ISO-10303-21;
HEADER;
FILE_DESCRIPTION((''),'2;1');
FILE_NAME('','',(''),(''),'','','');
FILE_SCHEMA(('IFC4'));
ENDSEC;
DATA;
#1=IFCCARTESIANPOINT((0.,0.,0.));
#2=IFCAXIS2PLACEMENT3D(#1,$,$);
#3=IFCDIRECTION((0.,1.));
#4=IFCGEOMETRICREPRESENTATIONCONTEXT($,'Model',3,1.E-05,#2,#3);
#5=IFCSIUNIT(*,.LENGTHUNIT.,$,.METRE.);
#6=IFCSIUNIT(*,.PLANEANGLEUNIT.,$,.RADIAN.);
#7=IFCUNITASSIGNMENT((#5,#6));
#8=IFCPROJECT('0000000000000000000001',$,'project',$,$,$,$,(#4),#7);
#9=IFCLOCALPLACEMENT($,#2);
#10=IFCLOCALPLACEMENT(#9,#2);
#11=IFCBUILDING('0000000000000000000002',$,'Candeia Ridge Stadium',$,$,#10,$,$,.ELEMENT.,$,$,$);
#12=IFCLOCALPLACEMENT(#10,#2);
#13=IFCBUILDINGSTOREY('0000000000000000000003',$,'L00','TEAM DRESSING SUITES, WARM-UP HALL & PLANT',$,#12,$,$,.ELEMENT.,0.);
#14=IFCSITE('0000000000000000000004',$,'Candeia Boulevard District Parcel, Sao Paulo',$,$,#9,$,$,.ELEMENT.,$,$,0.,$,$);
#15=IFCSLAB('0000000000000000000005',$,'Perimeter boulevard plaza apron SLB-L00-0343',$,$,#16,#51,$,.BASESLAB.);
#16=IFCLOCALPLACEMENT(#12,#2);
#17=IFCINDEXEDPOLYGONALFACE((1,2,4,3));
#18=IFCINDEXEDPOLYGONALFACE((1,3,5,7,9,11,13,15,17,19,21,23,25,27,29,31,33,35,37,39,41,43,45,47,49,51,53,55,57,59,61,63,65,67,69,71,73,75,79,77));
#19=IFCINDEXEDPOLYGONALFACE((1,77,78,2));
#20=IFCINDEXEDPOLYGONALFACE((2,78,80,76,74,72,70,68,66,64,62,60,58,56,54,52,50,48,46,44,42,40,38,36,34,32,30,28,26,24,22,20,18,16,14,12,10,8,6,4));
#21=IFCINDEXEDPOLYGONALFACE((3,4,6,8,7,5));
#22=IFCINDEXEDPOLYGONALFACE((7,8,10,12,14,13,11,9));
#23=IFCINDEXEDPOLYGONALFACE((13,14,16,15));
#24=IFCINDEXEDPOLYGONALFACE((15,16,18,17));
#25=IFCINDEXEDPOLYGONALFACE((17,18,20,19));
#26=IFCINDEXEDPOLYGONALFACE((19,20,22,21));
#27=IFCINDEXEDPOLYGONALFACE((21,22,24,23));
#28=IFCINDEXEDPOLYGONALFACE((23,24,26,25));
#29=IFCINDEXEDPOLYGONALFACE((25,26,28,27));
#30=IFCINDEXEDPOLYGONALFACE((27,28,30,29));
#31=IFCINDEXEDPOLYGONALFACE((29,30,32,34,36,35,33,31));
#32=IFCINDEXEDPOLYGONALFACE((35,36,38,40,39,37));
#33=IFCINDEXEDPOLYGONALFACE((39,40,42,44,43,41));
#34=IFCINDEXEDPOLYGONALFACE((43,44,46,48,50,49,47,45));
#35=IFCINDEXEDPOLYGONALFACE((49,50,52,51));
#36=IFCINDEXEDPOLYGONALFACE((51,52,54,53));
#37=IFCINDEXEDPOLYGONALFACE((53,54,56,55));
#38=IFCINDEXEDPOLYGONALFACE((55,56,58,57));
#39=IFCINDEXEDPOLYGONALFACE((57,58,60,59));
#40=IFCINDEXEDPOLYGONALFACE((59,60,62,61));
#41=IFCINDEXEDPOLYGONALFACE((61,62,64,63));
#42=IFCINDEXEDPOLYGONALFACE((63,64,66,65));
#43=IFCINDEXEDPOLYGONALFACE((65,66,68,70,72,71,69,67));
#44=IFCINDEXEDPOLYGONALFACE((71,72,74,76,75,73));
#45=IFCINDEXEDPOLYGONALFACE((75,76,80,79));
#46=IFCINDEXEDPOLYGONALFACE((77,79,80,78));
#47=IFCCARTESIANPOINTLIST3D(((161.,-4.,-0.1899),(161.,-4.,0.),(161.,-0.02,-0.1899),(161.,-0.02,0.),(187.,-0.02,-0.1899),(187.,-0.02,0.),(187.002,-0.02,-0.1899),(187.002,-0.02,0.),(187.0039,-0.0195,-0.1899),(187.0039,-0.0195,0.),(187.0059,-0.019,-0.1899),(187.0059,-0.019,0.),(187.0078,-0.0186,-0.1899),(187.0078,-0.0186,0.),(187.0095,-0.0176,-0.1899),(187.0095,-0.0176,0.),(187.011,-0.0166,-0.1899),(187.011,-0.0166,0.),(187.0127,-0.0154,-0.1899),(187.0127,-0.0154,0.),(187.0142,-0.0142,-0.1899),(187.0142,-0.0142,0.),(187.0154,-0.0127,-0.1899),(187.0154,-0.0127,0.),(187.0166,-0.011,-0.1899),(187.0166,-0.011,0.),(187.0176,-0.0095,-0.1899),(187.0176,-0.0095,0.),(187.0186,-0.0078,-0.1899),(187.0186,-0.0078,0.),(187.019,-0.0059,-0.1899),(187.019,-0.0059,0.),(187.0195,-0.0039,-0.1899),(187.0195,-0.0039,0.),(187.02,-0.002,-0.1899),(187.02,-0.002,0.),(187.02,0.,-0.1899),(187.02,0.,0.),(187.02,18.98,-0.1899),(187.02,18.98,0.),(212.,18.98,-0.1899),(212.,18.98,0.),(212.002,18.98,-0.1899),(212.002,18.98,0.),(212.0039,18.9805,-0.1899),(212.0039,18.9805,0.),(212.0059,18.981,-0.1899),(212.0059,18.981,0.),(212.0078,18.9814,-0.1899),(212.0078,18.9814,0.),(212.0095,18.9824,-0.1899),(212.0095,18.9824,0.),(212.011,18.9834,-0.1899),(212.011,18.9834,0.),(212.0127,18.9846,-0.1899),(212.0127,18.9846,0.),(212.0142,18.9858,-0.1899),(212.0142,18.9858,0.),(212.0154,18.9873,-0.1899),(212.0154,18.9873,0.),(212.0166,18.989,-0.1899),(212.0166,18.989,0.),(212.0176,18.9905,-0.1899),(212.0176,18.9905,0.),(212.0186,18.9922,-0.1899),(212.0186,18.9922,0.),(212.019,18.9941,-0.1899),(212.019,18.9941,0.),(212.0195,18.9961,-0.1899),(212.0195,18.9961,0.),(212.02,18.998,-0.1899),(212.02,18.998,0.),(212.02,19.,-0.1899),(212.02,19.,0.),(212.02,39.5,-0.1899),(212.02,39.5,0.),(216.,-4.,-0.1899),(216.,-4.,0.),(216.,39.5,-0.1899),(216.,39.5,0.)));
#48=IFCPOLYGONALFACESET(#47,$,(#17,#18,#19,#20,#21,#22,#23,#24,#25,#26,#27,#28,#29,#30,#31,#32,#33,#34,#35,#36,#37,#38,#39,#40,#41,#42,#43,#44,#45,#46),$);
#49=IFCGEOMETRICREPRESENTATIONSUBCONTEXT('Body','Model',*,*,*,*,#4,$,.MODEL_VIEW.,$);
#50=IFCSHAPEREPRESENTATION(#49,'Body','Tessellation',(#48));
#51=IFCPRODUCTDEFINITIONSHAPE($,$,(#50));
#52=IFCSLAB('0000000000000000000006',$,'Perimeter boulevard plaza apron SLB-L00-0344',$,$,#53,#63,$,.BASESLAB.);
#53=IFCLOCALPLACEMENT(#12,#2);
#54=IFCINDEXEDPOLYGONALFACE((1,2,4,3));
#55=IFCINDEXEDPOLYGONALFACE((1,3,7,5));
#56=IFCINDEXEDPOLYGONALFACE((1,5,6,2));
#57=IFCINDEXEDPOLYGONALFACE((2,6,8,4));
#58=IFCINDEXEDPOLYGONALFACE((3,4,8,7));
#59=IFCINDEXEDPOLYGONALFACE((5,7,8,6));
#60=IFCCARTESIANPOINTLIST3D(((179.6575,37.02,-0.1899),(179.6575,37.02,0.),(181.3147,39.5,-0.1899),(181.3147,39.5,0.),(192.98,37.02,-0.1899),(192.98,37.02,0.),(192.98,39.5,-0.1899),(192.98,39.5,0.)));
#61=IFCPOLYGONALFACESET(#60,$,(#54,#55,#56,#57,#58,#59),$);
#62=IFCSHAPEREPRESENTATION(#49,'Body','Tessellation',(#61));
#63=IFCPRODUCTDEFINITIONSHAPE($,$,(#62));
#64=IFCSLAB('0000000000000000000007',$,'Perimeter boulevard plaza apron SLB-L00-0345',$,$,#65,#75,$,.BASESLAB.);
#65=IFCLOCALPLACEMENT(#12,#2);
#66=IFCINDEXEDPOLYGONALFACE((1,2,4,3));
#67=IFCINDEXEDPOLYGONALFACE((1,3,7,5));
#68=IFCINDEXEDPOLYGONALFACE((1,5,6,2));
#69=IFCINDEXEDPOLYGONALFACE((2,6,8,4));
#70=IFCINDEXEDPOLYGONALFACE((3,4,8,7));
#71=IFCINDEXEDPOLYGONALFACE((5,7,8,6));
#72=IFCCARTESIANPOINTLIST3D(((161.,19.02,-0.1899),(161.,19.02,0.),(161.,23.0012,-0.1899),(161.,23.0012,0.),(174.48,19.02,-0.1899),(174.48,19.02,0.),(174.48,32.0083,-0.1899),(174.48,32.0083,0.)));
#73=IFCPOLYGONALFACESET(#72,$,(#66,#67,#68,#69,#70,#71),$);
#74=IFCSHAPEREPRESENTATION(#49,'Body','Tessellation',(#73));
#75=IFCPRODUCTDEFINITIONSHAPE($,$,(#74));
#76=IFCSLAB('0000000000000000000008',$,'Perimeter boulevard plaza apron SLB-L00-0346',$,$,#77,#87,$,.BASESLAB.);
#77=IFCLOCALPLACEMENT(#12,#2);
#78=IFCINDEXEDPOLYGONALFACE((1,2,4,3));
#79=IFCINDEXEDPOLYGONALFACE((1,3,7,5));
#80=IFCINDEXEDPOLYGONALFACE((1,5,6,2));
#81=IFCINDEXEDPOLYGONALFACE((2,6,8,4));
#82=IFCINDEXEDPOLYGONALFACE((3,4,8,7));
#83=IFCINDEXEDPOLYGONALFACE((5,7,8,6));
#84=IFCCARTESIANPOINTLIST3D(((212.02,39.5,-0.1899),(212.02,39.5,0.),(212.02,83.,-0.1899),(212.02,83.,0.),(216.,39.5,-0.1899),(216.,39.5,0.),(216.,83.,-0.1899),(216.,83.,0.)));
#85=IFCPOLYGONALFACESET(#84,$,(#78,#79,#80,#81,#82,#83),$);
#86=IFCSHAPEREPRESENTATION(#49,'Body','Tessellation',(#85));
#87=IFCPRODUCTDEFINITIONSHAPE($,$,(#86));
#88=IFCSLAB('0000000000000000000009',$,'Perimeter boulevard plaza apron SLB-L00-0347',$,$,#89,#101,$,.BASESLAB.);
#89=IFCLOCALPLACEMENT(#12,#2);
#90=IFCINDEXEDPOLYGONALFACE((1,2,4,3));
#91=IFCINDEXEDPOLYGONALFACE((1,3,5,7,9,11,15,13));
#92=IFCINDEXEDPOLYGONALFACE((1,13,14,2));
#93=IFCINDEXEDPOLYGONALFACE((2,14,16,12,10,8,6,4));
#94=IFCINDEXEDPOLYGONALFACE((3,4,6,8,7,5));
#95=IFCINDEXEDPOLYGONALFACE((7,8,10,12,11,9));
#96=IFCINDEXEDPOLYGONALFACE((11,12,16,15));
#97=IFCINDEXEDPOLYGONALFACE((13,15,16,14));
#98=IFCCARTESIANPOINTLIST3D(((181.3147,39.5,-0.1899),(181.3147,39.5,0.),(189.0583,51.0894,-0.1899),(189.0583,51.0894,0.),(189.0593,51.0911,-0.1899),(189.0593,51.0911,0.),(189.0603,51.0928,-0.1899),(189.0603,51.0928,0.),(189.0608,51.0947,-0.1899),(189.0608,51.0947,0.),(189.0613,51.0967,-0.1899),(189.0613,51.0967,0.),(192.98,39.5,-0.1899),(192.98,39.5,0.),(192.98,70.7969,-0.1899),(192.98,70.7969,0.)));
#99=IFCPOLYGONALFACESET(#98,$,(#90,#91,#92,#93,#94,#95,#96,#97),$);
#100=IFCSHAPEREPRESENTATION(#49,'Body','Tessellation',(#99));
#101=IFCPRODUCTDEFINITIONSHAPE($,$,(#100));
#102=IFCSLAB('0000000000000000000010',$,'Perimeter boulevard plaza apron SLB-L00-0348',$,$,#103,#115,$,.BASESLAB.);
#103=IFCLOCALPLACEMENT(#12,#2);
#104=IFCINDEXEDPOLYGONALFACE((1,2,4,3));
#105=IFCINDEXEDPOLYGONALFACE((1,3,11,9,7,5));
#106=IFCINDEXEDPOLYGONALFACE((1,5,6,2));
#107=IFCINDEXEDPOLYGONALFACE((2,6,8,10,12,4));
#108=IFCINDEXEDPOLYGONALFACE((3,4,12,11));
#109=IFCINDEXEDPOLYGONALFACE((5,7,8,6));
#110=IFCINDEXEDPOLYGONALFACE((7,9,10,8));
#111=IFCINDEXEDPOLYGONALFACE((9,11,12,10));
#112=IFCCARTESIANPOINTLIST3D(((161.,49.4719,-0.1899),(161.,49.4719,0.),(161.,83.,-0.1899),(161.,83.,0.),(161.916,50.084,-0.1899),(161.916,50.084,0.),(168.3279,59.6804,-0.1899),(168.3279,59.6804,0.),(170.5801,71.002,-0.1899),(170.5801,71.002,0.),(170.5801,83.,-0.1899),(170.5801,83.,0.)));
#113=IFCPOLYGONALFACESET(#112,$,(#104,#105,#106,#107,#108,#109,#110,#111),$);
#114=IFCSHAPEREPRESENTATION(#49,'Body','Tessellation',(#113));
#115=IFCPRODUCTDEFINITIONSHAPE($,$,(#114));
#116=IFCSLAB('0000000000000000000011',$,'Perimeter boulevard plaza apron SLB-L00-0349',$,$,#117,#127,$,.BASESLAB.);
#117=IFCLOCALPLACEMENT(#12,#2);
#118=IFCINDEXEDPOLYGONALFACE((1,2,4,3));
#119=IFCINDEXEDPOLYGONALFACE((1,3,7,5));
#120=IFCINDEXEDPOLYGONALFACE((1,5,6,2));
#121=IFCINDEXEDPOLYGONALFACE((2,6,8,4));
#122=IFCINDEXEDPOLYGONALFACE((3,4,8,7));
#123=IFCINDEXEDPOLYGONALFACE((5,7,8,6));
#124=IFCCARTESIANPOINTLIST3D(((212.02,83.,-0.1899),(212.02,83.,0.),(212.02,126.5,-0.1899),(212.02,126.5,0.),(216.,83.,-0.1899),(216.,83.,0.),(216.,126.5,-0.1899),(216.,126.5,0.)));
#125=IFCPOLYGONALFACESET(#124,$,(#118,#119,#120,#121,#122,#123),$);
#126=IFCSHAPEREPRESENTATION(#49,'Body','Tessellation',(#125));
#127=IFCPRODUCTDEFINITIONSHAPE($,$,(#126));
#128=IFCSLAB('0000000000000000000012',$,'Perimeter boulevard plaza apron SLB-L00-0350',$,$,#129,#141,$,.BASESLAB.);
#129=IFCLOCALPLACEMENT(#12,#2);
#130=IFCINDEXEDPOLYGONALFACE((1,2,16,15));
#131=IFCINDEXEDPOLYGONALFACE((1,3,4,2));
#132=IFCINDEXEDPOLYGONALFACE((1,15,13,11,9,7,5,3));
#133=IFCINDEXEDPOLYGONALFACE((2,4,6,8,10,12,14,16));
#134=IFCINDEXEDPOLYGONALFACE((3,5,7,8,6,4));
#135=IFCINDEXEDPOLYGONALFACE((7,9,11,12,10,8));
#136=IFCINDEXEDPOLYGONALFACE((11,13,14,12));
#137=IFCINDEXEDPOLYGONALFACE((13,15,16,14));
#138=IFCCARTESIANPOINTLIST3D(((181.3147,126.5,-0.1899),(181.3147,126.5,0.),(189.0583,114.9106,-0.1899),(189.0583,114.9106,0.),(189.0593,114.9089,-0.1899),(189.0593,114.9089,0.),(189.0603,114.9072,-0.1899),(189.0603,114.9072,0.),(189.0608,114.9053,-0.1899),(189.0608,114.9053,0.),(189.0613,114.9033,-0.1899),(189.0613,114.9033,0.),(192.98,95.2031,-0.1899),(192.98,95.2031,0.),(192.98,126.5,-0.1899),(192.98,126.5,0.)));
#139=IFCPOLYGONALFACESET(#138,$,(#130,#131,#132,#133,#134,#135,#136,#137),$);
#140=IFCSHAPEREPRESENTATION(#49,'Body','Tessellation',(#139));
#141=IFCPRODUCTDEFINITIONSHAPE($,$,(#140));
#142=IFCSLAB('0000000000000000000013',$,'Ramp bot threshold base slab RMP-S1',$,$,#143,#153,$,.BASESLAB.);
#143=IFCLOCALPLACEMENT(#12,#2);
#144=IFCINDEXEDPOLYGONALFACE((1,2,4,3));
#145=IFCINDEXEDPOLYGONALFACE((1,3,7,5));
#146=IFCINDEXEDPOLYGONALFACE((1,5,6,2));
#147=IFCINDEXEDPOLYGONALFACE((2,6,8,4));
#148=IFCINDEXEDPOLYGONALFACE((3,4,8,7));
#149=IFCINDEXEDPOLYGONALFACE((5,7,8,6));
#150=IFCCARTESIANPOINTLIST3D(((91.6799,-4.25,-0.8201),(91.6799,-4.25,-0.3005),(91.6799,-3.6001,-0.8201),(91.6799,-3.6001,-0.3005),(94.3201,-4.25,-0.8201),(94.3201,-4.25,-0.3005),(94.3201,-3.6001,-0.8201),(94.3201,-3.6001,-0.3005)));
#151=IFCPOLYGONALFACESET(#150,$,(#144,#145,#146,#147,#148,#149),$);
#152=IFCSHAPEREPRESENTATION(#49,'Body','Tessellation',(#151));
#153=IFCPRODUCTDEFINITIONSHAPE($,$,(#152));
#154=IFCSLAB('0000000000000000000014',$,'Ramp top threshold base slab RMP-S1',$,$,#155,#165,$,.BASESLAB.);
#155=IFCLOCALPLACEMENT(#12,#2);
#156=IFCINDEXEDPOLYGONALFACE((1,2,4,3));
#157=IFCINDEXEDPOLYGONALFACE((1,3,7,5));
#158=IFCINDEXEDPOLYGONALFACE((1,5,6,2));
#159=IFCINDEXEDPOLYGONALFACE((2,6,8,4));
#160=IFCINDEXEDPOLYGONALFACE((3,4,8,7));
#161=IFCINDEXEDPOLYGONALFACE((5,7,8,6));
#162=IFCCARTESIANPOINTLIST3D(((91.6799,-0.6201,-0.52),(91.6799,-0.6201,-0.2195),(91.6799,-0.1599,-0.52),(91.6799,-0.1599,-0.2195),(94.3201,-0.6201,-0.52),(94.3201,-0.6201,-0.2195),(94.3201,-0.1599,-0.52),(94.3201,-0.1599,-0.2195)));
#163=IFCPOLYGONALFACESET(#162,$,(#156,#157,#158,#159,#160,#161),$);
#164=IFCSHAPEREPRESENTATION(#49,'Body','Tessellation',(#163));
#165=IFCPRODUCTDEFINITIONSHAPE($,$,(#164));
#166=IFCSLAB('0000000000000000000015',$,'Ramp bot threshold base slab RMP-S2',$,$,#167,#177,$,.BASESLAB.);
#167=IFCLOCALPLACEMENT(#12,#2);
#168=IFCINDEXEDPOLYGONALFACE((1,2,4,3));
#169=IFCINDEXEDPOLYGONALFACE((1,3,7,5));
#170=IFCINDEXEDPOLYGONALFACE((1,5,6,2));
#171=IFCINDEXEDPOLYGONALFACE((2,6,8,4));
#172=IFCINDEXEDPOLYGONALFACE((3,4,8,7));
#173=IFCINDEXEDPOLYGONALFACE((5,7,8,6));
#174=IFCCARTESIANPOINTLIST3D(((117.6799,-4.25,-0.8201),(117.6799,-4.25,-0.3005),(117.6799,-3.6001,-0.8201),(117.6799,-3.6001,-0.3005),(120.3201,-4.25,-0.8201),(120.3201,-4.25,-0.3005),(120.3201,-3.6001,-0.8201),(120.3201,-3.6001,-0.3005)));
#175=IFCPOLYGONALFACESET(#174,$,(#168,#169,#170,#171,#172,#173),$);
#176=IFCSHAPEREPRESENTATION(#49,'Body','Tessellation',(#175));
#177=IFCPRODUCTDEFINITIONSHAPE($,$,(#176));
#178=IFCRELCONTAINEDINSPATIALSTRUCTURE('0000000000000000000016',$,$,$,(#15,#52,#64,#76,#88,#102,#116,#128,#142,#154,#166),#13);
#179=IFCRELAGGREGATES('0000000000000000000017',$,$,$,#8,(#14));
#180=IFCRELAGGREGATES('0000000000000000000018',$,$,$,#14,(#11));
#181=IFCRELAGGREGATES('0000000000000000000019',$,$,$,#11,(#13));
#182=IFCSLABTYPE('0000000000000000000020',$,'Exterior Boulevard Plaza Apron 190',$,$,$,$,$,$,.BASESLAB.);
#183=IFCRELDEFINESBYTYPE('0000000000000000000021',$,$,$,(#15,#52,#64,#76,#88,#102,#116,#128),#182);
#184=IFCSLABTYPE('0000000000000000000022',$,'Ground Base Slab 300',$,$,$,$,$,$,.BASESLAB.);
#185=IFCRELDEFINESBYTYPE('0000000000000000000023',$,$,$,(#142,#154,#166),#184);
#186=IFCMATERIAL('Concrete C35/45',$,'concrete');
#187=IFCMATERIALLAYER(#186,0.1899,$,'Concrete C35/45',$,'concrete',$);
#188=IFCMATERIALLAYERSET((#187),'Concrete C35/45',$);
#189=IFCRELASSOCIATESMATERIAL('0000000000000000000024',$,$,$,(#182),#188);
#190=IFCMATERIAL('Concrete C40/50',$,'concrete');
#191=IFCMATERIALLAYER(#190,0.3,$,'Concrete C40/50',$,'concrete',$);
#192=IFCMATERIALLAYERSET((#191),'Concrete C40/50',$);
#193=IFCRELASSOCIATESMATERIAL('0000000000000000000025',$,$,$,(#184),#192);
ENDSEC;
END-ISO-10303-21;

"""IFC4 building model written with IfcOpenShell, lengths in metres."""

from ifc_helpers import new_model, si_unit, direction, frame, origin, place, context, subcontext, project, spatial, polyline, outline, extrude, material, layer, layer_set, type_object, element, save


model = new_model("IFC4")

# Units and contexts
model_context = context("Model", 3, precision=1e-05, world=origin(), true_north=direction((0.0, 1.0)))
body_context = subcontext(model_context, "Body", "Model", "MODEL_VIEW")
ifc_project = project(units=[si_unit("LENGTHUNIT", "METRE"), si_unit("PLANEANGLEUNIT", "RADIAN")], contexts=[model_context])

# Site, building, storey
site_placement = place(None, origin())
site = spatial("IfcSite", under=ifc_project, at=site_placement, Name="Candeia Boulevard District Parcel, Sao Paulo", CompositionType="ELEMENT", RefElevation=0.0)
building_placement = place(site_placement, origin())
building = spatial("IfcBuilding", under=site, at=building_placement, Name="Candeia Ridge Stadium", CompositionType="ELEMENT")
storey_placement = place(building_placement, origin())
storey = spatial("IfcBuildingStorey", under=building, at=storey_placement, Name="L00", Description="TEAM DRESSING SUITES, WARM-UP HALL & PLANT", CompositionType="ELEMENT", Elevation=0.0)

# Slabs
ifc_material_1 = material(Name="Concrete C35/45", Category="concrete")
ifc_layer_1 = layer(ifc_material_1, 0.1899, Name="Concrete C35/45", Category="concrete")
ifc_layer_set_1 = layer_set([ifc_layer_1], Name="Concrete C35/45")
slab_type_1 = type_object("IfcSlabType", Name="Exterior Boulevard Plaza Apron 190", PredefinedType="BASESLAB", material=ifc_layer_set_1)
slab_1_placement = place(storey_placement, frame((0.0, 0.0, -0.1899)))
element("IfcSlab", 1, at=slab_1_placement, inside=storey, type_object=slab_type_1, Name="Perimeter boulevard plaza apron SLB-L00-0343", PredefinedType="BASESLAB", context=body_context, shape_type="SweptSolid", body=[
    extrude(outline(polyline([(216.0, -4.0), (161.0, -4.0), (161.0, -0.02), (187.0, -0.02), (187.002, -0.02), (187.0039, -0.0195), (187.0059, -0.019), (187.0078, -0.0186), (187.0095, -0.0176), (187.011, -0.0166), (187.0127, -0.0154), (187.0142, -0.0142), (187.0154, -0.0127), (187.0166, -0.011), (187.0176, -0.0095), (187.0186, -0.0078), (187.019, -0.0059), (187.0195, -0.0039), (187.02, -0.002), (187.02, 0.0), (187.02, 18.98), (212.0, 18.98), (212.002, 18.98), (212.0039, 18.9805), (212.0059, 18.981), (212.0078, 18.9814), (212.0095, 18.9824), (212.011, 18.9834), (212.0127, 18.9846), (212.0142, 18.9858), (212.0154, 18.9873), (212.0166, 18.989), (212.0176, 18.9905), (212.0186, 18.9922), (212.019, 18.9941), (212.0195, 18.9961), (212.02, 18.998), (212.02, 19.0), (212.02, 39.5), (216.0, 39.5), (216.0, -4.0)])), origin(), (0.0, 0.0, 1.0), 0.1899),
])
slab_2_placement = place(storey_placement, frame((0.0, 0.0, -0.1899)))
element("IfcSlab", 2, at=slab_2_placement, inside=storey, type_object=slab_type_1, Name="Perimeter boulevard plaza apron SLB-L00-0344", PredefinedType="BASESLAB", context=body_context, shape_type="SweptSolid", body=[
    extrude(outline(polyline([(179.6575, 37.02), (181.3147, 39.5), (192.98, 39.5), (192.98, 37.02), (179.6575, 37.02)])), origin(), (0.0, 0.0, 1.0), 0.1899),
])
slab_3_placement = place(storey_placement, frame((0.0, 0.0, -0.1899)))
element("IfcSlab", 3, at=slab_3_placement, inside=storey, type_object=slab_type_1, Name="Perimeter boulevard plaza apron SLB-L00-0345", PredefinedType="BASESLAB", context=body_context, shape_type="SweptSolid", body=[
    extrude(outline(polyline([(161.0, 19.02), (161.0, 23.0012), (174.48, 32.0083), (174.48, 19.02), (161.0, 19.02)])), origin(), (0.0, 0.0, 1.0), 0.1899),
])
slab_4_placement = place(storey_placement, frame((0.0, 0.0, -0.1899)))
element("IfcSlab", 4, at=slab_4_placement, inside=storey, type_object=slab_type_1, Name="Perimeter boulevard plaza apron SLB-L00-0346", PredefinedType="BASESLAB", context=body_context, shape_type="SweptSolid", body=[
    extrude(outline(polyline([(216.0, 39.5), (212.02, 39.5), (212.02, 83.0), (216.0, 83.0), (216.0, 39.5)])), origin(), (0.0, 0.0, 1.0), 0.1899),
])
slab_5_placement = place(storey_placement, frame((0.0, 0.0, -0.1899)))
element("IfcSlab", 5, at=slab_5_placement, inside=storey, type_object=slab_type_1, Name="Perimeter boulevard plaza apron SLB-L00-0347", PredefinedType="BASESLAB", context=body_context, shape_type="SweptSolid", body=[
    extrude(outline(polyline([(189.0583, 51.0894), (189.0593, 51.0911), (189.0603, 51.0928), (189.0608, 51.0947), (189.0613, 51.0967), (192.98, 70.7969), (192.98, 39.5), (181.3147, 39.5), (189.0583, 51.0894)])), origin(), (0.0, 0.0, 1.0), 0.1899),
])
slab_6_placement = place(storey_placement, frame((0.0, 0.0, -0.1899)))
element("IfcSlab", 6, at=slab_6_placement, inside=storey, type_object=slab_type_1, Name="Perimeter boulevard plaza apron SLB-L00-0348", PredefinedType="BASESLAB", context=body_context, shape_type="SweptSolid", body=[
    extrude(outline(polyline([(170.5801, 71.002), (168.3279, 59.6804), (161.916, 50.084), (161.0, 49.4719), (161.0, 83.0), (170.5801, 83.0), (170.5801, 71.002)])), origin(), (0.0, 0.0, 1.0), 0.1899),
])
slab_7_placement = place(storey_placement, frame((0.0, 0.0, -0.1899)))
element("IfcSlab", 7, at=slab_7_placement, inside=storey, type_object=slab_type_1, Name="Perimeter boulevard plaza apron SLB-L00-0349", PredefinedType="BASESLAB", context=body_context, shape_type="SweptSolid", body=[
    extrude(outline(polyline([(216.0, 83.0), (212.02, 83.0), (212.02, 126.5), (216.0, 126.5), (216.0, 83.0)])), origin(), (0.0, 0.0, 1.0), 0.1899),
])
slab_8_placement = place(storey_placement, frame((0.0, 0.0, -0.1899)))
element("IfcSlab", 8, at=slab_8_placement, inside=storey, type_object=slab_type_1, Name="Perimeter boulevard plaza apron SLB-L00-0350", PredefinedType="BASESLAB", context=body_context, shape_type="SweptSolid", body=[
    extrude(outline(polyline([(192.98, 95.2031), (189.0613, 114.9033), (189.0608, 114.9053), (189.0603, 114.9072), (189.0593, 114.9089), (189.0583, 114.9106), (181.3147, 126.5), (192.98, 126.5), (192.98, 95.2031)])), origin(), (0.0, 0.0, 1.0), 0.1899),
])
ifc_material_2 = material(Name="Concrete C40/50", Category="concrete")
ifc_layer_2 = layer(ifc_material_2, 0.3, Name="Concrete C40/50", Category="concrete")
ifc_layer_set_2 = layer_set([ifc_layer_2], Name="Concrete C40/50")
slab_type_2 = type_object("IfcSlabType", Name="Ground Base Slab 300", PredefinedType="BASESLAB", material=ifc_layer_set_2)
slab_9_placement = place(storey_placement, frame((0.0, 0.0, -0.8201)))
element("IfcSlab", 9, at=slab_9_placement, inside=storey, type_object=slab_type_2, Name="Ramp bot threshold base slab RMP-S1", PredefinedType="BASESLAB", context=body_context, shape_type="SweptSolid", body=[
    extrude(outline(polyline([(94.3201, -4.25), (94.3201, -3.6001), (91.6799, -3.6001), (91.6799, -4.25), (94.3201, -4.25)])), origin(), (0.0, 0.0, 1.0), 0.5195),
])
slab_10_placement = place(storey_placement, frame((0.0, 0.0, -0.52)))
element("IfcSlab", 10, at=slab_10_placement, inside=storey, type_object=slab_type_2, Name="Ramp top threshold base slab RMP-S1", PredefinedType="BASESLAB", context=body_context, shape_type="SweptSolid", body=[
    extrude(outline(polyline([(94.3201, -0.6201), (94.3201, -0.1599), (91.6799, -0.1599), (91.6799, -0.6201), (94.3201, -0.6201)])), origin(), (0.0, 0.0, 1.0), 0.3005),
])
slab_11_placement = place(storey_placement, frame((0.0, 0.0, -0.8201)))
element("IfcSlab", 11, at=slab_11_placement, inside=storey, type_object=slab_type_2, Name="Ramp bot threshold base slab RMP-S2", PredefinedType="BASESLAB", context=body_context, shape_type="SweptSolid", body=[
    extrude(outline(polyline([(120.3201, -4.25), (120.3201, -3.6001), (117.6799, -3.6001), (117.6799, -4.25), (120.3201, -4.25)])), origin(), (0.0, 0.0, 1.0), 0.5195),
])

save(model, "model.ifc")
